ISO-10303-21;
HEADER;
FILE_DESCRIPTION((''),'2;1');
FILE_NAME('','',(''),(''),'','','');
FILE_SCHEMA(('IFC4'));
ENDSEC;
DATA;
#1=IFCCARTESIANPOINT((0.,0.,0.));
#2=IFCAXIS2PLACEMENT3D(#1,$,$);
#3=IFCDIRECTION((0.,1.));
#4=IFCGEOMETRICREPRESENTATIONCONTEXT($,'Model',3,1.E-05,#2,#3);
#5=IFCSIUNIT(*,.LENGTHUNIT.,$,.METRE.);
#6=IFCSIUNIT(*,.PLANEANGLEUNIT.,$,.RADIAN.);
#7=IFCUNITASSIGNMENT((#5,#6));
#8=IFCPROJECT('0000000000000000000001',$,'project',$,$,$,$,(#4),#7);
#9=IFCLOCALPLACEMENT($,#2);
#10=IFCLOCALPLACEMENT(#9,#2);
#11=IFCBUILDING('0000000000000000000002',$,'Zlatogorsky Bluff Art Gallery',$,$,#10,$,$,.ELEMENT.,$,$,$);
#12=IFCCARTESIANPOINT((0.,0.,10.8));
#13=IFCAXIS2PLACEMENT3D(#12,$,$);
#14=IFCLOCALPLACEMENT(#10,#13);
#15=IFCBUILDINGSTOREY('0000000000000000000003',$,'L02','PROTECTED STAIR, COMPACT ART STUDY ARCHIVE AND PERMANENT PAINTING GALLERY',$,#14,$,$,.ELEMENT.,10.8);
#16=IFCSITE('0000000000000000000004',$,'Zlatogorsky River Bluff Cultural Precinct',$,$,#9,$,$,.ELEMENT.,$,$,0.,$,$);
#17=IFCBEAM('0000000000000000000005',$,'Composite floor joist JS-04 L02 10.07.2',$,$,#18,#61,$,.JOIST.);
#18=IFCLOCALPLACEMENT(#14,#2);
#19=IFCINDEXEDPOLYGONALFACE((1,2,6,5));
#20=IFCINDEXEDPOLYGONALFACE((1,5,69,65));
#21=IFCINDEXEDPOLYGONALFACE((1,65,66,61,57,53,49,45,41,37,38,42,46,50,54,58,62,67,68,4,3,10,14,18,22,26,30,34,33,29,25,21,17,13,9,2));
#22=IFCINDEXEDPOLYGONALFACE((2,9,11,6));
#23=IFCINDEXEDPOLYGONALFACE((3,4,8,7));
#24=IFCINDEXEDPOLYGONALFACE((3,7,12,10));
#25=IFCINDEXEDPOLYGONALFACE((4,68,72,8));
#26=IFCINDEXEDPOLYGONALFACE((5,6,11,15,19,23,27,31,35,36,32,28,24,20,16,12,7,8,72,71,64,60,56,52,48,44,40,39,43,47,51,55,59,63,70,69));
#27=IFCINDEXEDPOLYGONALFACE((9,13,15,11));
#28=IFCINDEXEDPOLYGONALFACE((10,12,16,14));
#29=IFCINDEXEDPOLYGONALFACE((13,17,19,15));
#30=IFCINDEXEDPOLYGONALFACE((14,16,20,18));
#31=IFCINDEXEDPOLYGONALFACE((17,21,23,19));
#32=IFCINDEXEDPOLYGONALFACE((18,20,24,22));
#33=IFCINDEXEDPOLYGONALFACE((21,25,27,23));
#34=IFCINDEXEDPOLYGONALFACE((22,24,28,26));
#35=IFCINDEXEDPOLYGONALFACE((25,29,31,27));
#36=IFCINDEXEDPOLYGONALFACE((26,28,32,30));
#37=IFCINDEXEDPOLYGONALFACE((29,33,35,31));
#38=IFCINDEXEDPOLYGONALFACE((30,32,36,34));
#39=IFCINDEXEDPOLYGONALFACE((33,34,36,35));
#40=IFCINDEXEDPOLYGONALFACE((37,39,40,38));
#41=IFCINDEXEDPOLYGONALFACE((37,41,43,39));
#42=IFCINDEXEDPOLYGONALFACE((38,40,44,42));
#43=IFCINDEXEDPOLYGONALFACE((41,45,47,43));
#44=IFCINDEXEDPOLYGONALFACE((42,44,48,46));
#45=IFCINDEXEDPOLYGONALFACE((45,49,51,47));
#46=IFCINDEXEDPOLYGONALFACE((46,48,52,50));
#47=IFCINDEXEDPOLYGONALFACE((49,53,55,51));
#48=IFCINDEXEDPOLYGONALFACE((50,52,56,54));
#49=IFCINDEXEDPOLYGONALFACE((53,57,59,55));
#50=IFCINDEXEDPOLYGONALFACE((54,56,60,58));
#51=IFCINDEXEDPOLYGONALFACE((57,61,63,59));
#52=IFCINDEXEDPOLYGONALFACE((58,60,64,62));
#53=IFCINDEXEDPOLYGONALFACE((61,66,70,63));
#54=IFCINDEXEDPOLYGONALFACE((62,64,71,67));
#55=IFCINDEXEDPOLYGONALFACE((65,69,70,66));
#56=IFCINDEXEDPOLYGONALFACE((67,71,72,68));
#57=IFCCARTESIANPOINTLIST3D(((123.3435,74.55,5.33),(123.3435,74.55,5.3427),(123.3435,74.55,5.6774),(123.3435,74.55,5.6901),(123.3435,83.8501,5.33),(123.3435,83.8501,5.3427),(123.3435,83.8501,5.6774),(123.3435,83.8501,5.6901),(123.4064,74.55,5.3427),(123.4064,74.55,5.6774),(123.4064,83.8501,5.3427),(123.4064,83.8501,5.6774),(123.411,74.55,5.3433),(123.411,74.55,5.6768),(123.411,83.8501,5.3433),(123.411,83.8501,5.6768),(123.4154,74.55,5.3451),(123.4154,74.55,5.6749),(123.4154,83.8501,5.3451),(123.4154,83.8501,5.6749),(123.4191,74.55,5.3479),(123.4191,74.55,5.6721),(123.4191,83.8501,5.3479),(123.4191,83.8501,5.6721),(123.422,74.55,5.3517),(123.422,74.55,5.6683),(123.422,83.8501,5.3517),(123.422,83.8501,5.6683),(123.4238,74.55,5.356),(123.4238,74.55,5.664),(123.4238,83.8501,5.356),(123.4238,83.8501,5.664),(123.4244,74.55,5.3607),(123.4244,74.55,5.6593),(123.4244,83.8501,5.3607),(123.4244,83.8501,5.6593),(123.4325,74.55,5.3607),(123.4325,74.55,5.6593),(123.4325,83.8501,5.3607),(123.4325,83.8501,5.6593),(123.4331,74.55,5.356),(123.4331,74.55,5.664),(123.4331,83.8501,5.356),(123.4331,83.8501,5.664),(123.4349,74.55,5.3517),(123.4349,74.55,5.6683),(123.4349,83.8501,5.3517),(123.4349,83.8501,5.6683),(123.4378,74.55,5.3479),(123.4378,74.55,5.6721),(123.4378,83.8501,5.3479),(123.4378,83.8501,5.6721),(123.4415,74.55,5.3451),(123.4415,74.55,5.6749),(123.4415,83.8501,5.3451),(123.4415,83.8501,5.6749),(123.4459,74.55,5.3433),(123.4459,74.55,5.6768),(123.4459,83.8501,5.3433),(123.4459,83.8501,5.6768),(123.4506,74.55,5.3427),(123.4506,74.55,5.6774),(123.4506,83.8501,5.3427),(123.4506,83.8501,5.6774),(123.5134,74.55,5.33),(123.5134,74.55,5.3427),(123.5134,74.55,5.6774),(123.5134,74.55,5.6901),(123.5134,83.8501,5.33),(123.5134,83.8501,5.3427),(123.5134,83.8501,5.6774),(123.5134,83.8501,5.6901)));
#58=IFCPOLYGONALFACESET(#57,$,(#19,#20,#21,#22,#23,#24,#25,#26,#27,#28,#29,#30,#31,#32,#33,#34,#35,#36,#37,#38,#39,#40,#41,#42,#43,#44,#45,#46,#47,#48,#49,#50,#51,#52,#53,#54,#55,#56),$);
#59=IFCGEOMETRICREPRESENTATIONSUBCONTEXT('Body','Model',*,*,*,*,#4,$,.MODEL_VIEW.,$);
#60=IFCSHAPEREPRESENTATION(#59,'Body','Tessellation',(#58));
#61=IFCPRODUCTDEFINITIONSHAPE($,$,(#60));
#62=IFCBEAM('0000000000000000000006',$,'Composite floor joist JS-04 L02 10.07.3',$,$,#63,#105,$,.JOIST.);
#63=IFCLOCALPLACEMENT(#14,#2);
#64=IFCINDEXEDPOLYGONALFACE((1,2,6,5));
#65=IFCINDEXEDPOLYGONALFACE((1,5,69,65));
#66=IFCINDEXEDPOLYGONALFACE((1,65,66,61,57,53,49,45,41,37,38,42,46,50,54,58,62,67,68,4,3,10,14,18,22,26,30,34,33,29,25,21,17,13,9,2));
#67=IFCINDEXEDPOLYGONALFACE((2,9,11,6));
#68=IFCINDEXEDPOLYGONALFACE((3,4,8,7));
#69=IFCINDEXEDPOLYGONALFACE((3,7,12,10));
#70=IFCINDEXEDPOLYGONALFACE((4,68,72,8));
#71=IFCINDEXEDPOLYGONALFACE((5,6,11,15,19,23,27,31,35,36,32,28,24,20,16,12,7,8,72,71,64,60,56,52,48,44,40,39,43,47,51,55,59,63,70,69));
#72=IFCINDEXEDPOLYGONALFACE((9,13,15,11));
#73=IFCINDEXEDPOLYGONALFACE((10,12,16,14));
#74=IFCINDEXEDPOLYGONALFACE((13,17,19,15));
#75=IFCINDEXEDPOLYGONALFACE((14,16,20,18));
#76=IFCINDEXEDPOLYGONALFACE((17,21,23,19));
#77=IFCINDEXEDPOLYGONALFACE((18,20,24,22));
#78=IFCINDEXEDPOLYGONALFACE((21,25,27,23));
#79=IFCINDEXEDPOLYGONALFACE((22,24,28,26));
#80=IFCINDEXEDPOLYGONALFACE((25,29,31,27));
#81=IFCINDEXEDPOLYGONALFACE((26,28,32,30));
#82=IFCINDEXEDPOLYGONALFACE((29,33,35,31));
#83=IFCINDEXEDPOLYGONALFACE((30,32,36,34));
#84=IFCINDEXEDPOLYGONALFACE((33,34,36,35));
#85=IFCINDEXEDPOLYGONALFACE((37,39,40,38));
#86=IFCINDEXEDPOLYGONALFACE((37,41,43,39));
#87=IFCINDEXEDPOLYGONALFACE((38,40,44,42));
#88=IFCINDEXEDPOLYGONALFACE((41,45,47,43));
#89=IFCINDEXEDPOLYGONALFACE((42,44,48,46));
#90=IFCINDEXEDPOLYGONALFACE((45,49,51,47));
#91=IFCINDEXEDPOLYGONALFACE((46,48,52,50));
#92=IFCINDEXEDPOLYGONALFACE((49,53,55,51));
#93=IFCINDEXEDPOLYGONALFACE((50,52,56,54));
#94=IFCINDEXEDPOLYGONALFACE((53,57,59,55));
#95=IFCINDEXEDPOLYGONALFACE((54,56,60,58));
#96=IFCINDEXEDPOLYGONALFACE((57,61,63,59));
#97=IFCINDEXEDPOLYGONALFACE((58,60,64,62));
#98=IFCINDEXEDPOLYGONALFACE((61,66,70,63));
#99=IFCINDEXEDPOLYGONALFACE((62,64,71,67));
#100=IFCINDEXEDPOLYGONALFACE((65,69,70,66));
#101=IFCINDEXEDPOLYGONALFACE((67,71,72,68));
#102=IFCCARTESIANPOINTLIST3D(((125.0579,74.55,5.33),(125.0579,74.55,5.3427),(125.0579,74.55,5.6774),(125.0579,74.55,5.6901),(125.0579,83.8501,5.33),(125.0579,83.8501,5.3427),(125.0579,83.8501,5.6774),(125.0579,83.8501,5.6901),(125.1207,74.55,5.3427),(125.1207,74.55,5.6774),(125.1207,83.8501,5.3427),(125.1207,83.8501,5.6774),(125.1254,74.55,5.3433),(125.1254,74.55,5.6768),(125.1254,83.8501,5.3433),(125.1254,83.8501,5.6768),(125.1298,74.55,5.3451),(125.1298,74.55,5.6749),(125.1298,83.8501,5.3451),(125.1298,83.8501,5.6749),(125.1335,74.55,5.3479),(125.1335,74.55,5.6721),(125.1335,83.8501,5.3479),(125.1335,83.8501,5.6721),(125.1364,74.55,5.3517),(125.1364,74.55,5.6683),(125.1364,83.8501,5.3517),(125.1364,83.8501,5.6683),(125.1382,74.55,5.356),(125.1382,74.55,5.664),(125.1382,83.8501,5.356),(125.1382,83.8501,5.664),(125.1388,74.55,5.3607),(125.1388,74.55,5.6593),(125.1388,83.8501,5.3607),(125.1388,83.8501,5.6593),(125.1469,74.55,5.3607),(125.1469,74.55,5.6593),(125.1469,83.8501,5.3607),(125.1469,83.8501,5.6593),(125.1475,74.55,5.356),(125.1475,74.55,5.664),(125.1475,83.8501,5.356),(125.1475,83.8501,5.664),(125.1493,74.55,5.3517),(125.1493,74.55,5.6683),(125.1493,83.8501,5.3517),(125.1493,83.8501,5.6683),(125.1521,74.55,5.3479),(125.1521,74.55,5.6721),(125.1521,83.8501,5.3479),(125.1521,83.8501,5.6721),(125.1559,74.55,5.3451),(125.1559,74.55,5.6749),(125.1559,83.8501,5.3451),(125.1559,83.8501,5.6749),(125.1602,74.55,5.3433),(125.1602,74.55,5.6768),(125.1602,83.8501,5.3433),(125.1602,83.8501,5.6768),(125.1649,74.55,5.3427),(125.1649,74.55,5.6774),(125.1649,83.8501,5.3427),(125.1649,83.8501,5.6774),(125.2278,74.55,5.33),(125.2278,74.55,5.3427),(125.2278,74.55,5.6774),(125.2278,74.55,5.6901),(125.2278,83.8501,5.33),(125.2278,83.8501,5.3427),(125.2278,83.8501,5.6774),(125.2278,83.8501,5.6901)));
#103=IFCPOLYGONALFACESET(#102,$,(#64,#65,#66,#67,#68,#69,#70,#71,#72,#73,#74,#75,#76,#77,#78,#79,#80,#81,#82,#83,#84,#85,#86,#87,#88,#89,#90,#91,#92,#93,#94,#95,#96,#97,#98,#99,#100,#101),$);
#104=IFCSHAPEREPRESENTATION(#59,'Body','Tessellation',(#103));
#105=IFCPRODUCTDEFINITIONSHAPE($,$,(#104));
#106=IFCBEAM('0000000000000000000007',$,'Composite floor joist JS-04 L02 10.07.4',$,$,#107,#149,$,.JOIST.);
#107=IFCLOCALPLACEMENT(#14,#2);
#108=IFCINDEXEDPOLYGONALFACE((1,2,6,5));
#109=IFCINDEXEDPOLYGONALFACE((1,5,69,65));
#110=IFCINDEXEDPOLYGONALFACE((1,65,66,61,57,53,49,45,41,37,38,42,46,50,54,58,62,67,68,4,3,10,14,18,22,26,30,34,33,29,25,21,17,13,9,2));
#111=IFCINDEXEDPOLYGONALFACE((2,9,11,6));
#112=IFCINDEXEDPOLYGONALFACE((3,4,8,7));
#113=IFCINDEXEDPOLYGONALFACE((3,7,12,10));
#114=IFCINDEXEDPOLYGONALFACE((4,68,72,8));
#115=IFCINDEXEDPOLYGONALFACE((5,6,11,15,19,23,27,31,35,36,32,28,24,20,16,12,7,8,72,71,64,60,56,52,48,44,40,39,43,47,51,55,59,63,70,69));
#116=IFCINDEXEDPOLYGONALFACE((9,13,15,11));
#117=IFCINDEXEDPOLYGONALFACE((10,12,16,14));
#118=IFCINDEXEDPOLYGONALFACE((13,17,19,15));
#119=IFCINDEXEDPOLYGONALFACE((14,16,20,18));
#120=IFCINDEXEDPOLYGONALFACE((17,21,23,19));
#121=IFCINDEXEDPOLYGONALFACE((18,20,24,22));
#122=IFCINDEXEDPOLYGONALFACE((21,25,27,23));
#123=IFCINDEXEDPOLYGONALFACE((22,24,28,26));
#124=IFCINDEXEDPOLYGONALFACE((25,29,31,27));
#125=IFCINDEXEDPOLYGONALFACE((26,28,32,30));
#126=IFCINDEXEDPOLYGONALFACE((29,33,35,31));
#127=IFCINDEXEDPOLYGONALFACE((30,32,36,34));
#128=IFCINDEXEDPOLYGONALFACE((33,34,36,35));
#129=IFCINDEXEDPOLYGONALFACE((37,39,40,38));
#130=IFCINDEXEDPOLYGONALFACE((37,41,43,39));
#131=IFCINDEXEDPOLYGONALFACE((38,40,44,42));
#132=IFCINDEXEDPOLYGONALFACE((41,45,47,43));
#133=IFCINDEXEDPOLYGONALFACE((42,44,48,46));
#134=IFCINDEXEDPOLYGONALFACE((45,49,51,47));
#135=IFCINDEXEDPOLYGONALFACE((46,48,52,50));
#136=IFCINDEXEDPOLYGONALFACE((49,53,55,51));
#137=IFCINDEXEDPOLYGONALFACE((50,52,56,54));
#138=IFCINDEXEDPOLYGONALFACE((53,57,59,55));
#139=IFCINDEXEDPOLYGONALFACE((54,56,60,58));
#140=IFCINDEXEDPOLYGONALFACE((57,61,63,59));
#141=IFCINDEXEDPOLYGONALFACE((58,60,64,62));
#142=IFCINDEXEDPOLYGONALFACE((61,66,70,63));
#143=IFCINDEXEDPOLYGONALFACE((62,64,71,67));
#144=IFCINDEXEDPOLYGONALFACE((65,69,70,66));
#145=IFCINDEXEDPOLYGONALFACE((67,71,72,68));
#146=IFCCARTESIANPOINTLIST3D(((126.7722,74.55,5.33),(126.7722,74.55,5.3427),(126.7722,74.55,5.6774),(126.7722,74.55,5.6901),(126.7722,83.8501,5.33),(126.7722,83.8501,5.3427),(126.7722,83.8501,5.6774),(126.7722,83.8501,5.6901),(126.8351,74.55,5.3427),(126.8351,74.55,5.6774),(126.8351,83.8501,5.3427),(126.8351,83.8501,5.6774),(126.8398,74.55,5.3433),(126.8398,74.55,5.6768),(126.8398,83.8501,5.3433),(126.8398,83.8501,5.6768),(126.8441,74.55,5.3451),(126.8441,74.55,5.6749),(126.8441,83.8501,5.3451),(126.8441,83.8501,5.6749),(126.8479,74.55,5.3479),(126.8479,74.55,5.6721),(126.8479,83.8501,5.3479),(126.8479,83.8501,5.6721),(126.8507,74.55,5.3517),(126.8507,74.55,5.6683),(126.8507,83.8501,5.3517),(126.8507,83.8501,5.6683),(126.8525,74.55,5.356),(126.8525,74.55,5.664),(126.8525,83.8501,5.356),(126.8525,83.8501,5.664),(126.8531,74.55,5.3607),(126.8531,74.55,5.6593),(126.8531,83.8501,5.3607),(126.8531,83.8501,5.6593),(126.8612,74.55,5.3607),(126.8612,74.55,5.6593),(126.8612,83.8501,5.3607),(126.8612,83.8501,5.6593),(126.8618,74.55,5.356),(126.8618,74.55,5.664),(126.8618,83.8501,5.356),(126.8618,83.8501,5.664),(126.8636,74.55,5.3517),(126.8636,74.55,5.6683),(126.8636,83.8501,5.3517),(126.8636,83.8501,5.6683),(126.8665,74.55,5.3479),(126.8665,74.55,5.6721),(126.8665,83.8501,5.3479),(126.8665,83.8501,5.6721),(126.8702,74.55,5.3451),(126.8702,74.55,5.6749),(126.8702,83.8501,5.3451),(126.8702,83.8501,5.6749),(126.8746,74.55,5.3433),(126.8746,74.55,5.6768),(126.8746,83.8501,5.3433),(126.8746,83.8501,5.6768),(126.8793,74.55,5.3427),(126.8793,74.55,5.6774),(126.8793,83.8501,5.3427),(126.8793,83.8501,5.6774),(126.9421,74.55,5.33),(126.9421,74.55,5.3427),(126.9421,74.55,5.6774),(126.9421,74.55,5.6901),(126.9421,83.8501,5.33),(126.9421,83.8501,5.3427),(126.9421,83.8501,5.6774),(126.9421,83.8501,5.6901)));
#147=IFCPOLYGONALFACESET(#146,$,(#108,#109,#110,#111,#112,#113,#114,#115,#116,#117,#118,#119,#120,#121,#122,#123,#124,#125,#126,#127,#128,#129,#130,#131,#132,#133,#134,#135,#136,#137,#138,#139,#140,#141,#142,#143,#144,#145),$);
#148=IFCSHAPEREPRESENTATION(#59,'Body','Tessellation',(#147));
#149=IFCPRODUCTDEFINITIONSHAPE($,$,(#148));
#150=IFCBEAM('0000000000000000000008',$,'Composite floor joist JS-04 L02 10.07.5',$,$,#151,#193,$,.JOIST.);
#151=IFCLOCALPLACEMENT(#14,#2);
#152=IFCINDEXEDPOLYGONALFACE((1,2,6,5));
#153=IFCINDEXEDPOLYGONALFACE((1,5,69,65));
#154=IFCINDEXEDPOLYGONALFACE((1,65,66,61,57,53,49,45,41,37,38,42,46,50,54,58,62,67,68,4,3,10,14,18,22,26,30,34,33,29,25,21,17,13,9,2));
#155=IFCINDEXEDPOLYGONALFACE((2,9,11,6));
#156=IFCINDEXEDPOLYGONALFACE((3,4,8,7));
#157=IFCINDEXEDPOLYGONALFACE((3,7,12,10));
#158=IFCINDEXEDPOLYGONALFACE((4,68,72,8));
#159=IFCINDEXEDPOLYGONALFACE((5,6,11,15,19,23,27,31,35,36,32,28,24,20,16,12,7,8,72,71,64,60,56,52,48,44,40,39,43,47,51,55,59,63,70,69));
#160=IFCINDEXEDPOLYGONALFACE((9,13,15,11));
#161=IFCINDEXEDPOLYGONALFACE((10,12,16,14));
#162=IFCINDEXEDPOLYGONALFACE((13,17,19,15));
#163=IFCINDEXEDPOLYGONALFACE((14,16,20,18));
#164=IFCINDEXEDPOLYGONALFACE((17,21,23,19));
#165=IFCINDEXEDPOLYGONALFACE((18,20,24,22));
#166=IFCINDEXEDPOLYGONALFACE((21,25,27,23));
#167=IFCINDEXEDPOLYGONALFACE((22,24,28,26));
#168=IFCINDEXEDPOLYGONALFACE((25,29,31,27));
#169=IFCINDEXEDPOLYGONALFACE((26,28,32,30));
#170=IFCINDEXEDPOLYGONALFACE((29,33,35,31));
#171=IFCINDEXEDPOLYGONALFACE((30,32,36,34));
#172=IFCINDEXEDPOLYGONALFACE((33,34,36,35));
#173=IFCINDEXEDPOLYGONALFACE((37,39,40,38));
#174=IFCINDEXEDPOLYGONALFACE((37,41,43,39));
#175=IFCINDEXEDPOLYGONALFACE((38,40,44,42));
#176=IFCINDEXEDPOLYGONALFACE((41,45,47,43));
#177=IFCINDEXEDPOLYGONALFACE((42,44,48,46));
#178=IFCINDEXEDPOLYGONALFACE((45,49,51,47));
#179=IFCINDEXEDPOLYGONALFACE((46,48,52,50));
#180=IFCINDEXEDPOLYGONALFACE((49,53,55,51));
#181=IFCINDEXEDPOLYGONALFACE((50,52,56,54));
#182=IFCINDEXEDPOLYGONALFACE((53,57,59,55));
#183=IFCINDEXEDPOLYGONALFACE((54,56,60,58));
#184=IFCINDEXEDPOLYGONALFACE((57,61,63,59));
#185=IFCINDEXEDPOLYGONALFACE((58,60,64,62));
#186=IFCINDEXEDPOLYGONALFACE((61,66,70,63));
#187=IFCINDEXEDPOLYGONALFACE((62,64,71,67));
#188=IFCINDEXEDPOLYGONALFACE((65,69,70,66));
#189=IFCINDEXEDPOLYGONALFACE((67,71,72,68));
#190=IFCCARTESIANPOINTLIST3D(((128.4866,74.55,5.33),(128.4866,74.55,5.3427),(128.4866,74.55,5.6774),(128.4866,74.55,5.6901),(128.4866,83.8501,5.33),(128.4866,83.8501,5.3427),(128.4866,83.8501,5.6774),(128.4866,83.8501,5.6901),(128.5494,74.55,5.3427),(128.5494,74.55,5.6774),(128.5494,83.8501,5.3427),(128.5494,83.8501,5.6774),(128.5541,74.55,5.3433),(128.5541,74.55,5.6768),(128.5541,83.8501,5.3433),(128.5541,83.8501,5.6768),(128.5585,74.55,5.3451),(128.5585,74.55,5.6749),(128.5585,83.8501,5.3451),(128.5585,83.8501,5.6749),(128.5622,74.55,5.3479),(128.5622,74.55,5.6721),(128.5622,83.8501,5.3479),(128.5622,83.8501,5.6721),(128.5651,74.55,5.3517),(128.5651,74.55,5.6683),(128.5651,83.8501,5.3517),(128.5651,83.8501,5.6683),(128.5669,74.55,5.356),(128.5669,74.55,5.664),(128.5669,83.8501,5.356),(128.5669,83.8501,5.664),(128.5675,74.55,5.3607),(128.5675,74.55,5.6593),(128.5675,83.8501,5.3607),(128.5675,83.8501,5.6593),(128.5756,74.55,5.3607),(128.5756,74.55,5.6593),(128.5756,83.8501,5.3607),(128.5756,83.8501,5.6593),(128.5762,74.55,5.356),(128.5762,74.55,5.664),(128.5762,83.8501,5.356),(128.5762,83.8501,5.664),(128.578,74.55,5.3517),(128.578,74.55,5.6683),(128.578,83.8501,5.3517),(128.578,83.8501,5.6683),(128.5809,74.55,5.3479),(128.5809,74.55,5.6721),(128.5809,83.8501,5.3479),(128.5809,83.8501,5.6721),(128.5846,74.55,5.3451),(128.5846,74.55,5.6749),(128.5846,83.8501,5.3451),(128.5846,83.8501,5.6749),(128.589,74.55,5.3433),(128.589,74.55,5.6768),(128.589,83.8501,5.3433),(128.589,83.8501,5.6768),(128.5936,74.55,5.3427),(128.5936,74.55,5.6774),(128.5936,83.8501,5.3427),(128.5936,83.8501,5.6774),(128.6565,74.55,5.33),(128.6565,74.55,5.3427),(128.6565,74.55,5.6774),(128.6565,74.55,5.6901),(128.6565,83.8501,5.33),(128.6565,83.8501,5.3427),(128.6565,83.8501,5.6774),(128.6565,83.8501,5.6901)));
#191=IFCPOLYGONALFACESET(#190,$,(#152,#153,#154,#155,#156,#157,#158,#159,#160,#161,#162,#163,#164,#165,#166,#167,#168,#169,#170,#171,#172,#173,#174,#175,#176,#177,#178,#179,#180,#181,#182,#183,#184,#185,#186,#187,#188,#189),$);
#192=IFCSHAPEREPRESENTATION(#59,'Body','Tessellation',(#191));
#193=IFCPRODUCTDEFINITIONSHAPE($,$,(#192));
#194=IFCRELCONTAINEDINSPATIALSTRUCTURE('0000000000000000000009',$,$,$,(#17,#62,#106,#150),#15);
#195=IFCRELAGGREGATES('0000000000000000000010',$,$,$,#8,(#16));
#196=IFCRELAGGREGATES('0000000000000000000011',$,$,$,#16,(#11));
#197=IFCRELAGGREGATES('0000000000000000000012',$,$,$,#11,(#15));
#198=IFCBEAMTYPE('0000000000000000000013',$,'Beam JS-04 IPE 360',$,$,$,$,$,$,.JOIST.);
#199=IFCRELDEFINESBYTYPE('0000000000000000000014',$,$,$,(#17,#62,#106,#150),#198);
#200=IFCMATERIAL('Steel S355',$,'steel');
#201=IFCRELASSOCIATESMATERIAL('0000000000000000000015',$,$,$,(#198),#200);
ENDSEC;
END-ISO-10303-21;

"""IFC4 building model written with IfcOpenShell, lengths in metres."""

from ifc_helpers import new_model, si_unit, direction, frame, origin, origin_2d, place, context, subcontext, project, spatial, i_section, extrude, material, material_profile, profile_set, type_object, element, save


model = new_model("IFC4")

# Units and contexts
model_context = context("Model", 3, precision=1e-05, world=origin(), true_north=direction((0.0, 1.0)))
body_context = subcontext(model_context, "Body", "Model", "MODEL_VIEW")
ifc_project = project(units=[si_unit("LENGTHUNIT", "METRE"), si_unit("PLANEANGLEUNIT", "RADIAN")], contexts=[model_context])

# Site, building, storey
site_placement = place(None, origin())
site = spatial("IfcSite", under=ifc_project, at=site_placement, Name="Zlatogorsky River Bluff Cultural Precinct", CompositionType="ELEMENT", RefElevation=0.0)
building_placement = place(site_placement, origin())
building = spatial("IfcBuilding", under=site, at=building_placement, Name="Zlatogorsky Bluff Art Gallery", CompositionType="ELEMENT")
storey_placement = place(building_placement, frame((0.0, 0.0, 10.8)))
storey = spatial("IfcBuildingStorey", under=building, at=storey_placement, Name="L02", Description="PROTECTED STAIR, COMPACT ART STUDY ARCHIVE AND PERMANENT PAINTING GALLERY", CompositionType="ELEMENT", Elevation=10.8)

# Shared definitions
ifc_material_1 = material(Name="Steel S355", Category="steel")

# Beams
ifc_material_profile_1 = material_profile(ifc_material_1, i_section(OverallWidth=0.1699, OverallDepth=0.3601, WebThickness=0.0081, FlangeThickness=0.0127, FilletRadius=0.0181, at=origin_2d()), Name="IPE 360")
ifc_profile_set_1 = profile_set([ifc_material_profile_1], Name="Steel S355")
beam_type_1 = type_object("IfcBeamType", Name="Beam JS-04 IPE 360", PredefinedType="JOIST", material=ifc_profile_set_1)
for number, where, z_axis, x_axis, name in (
    (1, (123.4285, 74.55, 5.51), (0.0, 1.0, 0.0), (-1.0, 0.0, 0.0), "Composite floor joist JS-04 L02 10.07.2"),
    (2, (125.1428, 74.55, 5.51), (0.0, 1.0, 0.0), (-1.0, 0.0, 0.0), "Composite floor joist JS-04 L02 10.07.3"),
    (3, (126.8572, 74.55, 5.51), (0.0, 1.0, 0.0), (-1.0, 0.0, 0.0), "Composite floor joist JS-04 L02 10.07.4"),
    (4, (128.5715, 74.55, 5.51), (0.0, 1.0, 0.0), (-1.0, 0.0, 0.0), "Composite floor joist JS-04 L02 10.07.5"),
):
    element("IfcBeam", number, at=place(storey_placement, frame(where, z_axis=z_axis, x_axis=x_axis)), inside=storey, type_object=beam_type_1, Name=name, PredefinedType="JOIST", context=body_context, shape_type="SweptSolid", body=[
        extrude(i_section(OverallWidth=0.1699, OverallDepth=0.3601, WebThickness=0.0081, FlangeThickness=0.0127, FilletRadius=0.0181, at=origin_2d()), origin(), (0.0, 0.0, 1.0), 9.3),
    ])

save(model, "model.ifc")
